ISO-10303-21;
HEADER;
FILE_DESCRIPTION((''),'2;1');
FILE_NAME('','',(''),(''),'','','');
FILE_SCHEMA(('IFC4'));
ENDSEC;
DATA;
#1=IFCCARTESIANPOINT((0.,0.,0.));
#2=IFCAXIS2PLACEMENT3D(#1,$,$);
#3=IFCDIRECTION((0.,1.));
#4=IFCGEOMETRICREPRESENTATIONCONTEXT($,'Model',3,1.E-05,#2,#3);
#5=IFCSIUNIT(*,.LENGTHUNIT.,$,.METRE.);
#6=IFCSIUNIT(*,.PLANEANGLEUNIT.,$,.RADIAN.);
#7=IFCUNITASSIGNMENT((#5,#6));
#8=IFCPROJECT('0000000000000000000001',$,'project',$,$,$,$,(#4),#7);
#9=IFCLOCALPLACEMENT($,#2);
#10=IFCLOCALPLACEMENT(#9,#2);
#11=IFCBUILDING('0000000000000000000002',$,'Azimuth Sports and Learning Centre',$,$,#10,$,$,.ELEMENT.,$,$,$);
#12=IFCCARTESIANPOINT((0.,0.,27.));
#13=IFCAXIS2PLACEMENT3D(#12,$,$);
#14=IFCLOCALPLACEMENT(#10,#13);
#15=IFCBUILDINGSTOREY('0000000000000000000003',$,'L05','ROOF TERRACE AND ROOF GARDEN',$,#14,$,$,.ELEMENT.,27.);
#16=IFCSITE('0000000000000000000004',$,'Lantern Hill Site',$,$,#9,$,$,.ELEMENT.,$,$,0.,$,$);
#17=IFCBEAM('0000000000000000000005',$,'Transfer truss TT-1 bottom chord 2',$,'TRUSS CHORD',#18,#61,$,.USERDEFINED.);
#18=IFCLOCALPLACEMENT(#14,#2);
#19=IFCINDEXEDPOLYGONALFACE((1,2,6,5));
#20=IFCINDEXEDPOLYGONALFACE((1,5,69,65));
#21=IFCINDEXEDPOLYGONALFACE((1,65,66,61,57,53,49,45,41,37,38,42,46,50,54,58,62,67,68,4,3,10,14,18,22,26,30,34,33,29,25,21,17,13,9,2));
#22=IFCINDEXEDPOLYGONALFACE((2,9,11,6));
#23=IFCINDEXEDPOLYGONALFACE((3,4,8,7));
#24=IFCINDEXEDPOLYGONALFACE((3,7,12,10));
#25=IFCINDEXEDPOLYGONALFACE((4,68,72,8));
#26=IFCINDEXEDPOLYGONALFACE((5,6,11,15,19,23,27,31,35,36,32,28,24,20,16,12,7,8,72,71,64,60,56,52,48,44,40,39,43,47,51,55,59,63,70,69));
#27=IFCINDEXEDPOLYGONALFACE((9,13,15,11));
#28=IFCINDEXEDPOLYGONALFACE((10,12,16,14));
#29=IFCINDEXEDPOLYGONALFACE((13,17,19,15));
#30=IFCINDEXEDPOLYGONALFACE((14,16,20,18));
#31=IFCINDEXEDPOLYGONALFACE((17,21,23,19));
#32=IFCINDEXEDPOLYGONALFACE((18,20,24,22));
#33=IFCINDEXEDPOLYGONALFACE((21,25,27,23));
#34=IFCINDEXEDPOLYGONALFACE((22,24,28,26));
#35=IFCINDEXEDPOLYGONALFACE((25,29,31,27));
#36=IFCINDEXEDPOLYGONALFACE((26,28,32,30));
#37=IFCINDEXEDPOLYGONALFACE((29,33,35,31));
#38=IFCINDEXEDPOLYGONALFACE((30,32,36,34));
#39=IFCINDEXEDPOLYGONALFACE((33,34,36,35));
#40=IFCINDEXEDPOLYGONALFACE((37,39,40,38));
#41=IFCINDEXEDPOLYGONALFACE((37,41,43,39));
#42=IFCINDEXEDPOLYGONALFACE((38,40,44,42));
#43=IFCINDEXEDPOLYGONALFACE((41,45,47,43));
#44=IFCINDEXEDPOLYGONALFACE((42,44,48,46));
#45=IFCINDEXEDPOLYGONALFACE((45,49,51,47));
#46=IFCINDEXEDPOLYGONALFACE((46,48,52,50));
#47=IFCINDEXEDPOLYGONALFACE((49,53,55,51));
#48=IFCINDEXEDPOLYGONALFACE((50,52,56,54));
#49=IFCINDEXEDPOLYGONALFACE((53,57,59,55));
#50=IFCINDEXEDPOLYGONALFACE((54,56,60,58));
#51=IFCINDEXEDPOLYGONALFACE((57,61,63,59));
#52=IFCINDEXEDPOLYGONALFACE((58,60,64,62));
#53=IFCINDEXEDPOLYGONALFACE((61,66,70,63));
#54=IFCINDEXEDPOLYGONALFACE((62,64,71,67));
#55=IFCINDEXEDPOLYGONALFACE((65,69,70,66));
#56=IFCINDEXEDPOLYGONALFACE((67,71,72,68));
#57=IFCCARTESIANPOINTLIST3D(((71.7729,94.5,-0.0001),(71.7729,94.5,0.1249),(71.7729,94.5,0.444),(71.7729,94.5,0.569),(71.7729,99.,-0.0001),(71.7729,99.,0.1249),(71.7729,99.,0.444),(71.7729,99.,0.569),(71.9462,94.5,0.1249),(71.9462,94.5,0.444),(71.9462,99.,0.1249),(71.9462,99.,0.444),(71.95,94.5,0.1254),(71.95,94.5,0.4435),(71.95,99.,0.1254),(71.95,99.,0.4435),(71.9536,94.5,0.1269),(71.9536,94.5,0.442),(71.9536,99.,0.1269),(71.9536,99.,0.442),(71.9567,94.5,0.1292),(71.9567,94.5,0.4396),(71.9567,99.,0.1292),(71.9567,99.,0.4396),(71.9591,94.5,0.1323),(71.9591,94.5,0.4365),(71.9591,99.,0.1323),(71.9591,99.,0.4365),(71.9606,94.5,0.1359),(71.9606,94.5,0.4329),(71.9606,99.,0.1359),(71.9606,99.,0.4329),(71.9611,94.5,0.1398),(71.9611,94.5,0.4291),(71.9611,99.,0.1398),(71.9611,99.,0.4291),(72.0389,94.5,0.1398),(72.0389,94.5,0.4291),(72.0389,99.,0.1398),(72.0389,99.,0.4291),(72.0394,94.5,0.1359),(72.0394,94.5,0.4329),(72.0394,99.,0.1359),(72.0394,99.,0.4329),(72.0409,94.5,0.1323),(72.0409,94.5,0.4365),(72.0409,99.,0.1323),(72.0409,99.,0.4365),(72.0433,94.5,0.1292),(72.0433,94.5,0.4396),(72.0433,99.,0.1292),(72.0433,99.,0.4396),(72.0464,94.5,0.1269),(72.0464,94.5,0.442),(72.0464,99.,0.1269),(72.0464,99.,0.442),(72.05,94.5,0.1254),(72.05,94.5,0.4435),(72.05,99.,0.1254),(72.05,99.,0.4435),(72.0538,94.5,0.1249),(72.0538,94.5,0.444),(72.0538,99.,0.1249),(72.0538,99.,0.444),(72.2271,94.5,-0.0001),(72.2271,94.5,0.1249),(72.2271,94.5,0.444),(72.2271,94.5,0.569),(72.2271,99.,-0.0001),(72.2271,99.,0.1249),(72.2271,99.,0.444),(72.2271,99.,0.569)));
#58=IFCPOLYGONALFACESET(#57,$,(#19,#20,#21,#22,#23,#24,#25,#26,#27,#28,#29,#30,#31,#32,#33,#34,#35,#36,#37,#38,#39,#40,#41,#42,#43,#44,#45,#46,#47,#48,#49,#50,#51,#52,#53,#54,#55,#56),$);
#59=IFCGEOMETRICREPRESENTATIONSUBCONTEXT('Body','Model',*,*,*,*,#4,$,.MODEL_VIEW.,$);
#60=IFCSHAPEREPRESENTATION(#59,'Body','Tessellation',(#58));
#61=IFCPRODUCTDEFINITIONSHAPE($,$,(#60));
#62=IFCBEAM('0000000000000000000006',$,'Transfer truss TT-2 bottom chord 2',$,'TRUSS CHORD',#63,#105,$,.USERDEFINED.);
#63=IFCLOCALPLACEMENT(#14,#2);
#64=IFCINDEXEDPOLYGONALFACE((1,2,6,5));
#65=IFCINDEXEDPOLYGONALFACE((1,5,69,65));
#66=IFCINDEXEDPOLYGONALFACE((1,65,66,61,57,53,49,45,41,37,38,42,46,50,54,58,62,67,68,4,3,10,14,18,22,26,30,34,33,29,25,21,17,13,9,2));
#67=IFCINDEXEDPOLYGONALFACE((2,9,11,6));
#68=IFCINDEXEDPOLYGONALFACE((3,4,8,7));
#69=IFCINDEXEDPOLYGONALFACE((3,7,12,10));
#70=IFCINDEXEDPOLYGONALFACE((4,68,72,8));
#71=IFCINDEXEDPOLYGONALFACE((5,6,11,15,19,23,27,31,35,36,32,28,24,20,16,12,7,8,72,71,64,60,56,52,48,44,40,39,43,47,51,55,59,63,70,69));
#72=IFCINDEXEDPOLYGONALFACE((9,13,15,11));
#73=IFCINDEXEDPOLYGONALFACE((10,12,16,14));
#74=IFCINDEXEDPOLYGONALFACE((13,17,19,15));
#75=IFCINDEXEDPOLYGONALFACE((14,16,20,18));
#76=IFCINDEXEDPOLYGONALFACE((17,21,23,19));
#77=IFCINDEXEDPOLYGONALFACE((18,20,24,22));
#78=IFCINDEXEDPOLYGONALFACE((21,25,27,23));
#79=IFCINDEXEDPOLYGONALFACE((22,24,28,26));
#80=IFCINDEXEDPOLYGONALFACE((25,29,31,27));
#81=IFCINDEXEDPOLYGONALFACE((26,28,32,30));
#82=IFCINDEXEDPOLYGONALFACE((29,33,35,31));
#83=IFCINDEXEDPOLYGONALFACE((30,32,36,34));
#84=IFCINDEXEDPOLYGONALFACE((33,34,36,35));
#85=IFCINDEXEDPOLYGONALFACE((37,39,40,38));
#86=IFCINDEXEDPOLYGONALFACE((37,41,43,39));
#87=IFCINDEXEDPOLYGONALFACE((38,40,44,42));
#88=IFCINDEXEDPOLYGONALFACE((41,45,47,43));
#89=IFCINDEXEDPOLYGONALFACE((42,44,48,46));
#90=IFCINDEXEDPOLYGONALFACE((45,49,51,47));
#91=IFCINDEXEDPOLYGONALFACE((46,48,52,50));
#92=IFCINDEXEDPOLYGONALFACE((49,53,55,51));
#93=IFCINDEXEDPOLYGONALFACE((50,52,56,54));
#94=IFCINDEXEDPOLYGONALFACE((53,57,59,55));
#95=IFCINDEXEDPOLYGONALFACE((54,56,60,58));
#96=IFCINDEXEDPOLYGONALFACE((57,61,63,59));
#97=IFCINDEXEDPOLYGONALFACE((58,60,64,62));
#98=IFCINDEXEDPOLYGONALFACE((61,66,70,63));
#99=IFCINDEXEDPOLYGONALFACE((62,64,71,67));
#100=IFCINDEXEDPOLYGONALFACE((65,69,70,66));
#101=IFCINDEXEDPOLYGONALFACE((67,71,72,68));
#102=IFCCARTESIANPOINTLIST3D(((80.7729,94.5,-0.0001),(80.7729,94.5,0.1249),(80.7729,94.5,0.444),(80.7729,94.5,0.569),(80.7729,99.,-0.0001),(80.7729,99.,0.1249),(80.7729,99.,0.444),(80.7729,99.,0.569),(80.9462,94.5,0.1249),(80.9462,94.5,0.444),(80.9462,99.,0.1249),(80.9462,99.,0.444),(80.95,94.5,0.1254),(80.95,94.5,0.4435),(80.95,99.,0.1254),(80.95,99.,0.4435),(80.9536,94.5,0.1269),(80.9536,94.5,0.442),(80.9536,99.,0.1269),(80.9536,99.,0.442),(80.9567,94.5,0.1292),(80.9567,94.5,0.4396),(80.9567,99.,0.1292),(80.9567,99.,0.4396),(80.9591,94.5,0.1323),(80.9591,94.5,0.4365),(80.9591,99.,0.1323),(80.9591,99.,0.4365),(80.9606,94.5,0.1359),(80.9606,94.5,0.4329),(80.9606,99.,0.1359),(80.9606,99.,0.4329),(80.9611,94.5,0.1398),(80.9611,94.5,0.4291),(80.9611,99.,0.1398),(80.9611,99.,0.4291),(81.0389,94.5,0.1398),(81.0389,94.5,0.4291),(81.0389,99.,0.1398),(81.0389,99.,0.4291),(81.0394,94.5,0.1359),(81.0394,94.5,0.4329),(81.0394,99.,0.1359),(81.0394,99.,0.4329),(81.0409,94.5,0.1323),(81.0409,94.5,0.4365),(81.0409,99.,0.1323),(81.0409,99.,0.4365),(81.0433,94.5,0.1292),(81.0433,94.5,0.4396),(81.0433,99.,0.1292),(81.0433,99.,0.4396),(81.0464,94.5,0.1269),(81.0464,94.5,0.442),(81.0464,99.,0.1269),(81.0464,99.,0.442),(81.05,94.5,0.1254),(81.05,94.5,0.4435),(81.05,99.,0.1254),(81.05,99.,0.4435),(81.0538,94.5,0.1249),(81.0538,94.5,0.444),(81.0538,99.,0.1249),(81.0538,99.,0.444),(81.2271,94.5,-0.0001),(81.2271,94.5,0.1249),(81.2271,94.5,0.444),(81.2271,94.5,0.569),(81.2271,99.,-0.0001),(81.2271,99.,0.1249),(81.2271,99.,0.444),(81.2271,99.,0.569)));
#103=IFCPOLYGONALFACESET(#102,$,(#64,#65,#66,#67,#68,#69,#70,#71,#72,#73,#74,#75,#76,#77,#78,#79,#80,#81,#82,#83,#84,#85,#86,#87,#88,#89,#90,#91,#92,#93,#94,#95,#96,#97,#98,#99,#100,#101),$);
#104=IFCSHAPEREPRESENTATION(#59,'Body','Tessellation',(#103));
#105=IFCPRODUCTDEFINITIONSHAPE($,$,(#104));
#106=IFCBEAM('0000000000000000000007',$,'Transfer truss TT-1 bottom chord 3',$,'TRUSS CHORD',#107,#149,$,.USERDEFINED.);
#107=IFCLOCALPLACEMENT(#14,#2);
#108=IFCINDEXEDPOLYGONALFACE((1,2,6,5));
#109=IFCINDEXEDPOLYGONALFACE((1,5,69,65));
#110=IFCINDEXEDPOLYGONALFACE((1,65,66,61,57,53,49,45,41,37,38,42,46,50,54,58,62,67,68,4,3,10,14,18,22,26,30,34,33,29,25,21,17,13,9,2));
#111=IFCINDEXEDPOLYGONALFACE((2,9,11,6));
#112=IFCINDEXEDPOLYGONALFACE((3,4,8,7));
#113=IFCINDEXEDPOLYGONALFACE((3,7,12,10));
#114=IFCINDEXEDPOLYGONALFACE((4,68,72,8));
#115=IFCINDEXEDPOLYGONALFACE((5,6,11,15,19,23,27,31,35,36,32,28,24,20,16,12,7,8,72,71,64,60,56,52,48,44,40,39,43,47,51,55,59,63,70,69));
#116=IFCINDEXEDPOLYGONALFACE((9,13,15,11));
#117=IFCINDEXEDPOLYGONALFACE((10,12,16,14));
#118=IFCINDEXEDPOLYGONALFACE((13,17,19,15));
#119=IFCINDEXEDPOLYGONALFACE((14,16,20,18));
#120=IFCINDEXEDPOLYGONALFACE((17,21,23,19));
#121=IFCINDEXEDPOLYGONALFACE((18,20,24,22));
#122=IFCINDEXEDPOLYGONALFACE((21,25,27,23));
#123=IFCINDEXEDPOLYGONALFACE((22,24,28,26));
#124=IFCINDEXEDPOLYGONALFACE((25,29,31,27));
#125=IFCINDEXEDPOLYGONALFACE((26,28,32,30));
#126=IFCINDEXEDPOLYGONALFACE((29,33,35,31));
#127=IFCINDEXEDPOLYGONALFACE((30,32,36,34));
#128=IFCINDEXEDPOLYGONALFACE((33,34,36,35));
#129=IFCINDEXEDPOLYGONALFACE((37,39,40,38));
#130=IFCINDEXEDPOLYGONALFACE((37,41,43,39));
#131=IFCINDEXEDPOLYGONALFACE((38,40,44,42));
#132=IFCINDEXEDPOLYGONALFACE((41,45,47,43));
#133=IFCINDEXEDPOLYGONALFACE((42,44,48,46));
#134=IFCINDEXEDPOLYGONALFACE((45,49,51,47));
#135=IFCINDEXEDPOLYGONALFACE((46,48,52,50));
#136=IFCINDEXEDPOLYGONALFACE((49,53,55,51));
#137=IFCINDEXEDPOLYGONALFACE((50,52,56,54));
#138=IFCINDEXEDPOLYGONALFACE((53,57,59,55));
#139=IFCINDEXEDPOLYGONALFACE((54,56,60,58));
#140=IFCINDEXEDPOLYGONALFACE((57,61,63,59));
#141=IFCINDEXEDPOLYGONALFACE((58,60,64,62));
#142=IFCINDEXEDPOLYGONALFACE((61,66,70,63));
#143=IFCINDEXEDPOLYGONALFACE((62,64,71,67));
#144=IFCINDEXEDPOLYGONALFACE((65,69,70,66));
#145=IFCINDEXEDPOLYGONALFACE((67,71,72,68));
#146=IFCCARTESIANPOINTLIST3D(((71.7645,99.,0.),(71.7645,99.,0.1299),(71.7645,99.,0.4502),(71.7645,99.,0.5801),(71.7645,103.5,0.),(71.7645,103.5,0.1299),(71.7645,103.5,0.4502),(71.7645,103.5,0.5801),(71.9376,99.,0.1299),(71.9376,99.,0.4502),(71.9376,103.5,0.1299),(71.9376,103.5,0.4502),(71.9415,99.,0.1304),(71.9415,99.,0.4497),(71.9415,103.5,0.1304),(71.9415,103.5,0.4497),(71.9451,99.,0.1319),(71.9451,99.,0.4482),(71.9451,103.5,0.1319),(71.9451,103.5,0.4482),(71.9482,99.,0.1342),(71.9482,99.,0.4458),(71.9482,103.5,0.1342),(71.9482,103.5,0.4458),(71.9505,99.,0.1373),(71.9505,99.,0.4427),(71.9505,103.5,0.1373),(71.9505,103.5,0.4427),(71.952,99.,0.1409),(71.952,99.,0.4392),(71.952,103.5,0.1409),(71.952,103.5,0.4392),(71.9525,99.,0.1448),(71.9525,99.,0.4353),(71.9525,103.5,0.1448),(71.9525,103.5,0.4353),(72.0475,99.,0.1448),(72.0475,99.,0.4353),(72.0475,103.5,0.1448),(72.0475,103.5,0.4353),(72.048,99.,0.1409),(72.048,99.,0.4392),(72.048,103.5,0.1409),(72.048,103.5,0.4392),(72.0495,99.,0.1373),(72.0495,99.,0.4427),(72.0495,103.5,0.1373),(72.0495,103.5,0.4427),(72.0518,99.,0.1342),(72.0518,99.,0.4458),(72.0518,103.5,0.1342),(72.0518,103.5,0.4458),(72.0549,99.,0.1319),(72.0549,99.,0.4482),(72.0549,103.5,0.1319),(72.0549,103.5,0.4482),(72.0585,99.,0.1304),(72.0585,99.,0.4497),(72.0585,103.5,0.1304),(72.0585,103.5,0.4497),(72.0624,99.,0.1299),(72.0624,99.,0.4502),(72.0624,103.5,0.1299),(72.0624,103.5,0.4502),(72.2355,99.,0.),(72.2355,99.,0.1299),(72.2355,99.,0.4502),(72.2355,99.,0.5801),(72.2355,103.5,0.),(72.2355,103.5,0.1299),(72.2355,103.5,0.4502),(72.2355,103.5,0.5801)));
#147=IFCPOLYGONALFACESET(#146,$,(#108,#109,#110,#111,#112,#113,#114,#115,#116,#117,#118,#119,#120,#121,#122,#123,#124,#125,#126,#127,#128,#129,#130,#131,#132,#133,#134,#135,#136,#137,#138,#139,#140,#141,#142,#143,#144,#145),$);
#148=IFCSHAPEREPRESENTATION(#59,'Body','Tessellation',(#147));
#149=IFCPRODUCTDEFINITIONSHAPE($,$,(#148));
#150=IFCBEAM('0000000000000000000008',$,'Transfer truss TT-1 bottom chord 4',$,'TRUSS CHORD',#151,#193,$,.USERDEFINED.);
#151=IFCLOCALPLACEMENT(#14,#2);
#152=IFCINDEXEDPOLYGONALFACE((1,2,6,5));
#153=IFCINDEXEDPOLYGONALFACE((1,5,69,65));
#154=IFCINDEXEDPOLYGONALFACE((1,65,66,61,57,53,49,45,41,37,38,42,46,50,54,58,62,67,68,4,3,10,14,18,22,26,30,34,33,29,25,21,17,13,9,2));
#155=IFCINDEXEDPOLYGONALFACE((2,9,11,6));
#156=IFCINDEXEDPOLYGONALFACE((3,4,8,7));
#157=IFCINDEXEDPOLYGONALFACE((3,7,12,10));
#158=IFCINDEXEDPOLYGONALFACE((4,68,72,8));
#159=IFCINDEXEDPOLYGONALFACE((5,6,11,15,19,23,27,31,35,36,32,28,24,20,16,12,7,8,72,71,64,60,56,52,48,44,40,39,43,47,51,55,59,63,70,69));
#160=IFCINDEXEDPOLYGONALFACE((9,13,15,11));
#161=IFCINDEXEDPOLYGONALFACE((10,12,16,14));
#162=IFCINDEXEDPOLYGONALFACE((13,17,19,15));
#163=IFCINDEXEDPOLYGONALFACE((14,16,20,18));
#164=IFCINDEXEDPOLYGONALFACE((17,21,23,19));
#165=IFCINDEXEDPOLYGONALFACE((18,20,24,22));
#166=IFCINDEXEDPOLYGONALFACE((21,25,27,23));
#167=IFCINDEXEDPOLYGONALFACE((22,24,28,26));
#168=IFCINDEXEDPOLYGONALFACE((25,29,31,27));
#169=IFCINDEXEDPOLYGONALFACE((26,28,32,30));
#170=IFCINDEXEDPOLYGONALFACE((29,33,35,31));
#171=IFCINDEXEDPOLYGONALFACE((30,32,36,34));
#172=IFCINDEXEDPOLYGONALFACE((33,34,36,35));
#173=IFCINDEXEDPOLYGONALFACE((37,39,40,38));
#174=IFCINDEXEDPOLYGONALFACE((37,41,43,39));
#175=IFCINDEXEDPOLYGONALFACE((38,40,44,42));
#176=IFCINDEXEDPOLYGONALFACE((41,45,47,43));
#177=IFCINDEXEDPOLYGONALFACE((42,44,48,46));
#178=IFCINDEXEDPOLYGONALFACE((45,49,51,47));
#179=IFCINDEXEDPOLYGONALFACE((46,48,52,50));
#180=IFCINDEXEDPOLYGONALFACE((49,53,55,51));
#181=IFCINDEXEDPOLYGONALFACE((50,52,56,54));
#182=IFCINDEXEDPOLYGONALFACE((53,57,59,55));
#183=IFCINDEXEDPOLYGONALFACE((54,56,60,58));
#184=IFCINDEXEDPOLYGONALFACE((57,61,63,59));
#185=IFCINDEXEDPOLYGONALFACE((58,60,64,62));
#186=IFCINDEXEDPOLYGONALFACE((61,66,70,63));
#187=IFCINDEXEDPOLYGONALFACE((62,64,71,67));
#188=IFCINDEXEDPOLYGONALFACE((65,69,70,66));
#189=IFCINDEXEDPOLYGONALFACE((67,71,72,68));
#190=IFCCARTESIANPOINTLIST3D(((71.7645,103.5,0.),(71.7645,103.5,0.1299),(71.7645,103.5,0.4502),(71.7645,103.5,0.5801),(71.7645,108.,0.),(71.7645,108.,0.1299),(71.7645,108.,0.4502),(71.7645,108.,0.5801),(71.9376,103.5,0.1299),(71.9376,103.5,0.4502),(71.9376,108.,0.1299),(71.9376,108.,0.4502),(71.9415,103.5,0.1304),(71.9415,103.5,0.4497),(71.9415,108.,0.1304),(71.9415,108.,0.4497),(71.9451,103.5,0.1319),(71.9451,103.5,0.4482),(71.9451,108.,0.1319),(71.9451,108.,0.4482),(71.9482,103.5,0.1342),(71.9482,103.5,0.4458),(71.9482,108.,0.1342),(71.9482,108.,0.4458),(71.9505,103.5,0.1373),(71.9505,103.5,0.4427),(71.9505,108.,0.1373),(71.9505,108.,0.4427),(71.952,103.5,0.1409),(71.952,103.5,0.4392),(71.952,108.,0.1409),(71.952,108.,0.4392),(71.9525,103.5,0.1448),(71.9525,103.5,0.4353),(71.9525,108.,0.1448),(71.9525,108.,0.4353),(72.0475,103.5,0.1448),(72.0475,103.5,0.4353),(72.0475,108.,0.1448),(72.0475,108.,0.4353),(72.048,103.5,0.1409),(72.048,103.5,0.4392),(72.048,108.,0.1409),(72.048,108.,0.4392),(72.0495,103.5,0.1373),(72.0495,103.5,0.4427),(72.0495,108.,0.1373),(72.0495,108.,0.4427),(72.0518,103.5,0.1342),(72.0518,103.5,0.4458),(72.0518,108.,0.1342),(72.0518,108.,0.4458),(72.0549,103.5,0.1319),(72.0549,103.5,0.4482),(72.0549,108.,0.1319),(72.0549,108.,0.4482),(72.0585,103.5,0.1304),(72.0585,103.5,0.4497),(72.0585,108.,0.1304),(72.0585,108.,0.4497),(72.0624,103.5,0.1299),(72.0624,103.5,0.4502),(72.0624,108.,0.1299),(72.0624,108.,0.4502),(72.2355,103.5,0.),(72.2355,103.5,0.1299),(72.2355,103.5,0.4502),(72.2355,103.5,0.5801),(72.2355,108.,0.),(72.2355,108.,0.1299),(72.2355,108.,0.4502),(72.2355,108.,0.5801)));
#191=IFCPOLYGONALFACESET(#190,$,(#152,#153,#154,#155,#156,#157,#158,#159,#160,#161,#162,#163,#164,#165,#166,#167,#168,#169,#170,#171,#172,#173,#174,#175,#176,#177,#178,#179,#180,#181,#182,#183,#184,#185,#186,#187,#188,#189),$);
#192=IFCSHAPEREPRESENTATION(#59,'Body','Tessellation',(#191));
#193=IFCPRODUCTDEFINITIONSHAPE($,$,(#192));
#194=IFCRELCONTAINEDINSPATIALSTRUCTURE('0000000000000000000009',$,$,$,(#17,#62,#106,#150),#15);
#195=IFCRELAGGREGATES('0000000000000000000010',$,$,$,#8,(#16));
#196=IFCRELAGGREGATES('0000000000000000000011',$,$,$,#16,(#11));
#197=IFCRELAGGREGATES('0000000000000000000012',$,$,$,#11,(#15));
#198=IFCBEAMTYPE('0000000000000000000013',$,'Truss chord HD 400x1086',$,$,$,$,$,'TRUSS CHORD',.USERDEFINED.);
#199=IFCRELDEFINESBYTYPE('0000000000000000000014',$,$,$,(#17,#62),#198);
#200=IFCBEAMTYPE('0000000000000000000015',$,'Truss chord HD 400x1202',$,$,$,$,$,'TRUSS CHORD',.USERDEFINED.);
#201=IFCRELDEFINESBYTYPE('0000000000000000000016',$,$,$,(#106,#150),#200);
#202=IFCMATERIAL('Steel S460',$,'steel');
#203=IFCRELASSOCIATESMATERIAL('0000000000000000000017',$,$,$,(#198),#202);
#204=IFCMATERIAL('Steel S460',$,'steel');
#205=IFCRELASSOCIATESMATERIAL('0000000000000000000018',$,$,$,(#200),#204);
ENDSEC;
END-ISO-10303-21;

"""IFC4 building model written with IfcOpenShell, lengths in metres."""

from ifc_helpers import new_model, si_unit, direction, frame, origin, origin_2d, place, context, subcontext, project, spatial, i_section, extrude, material, material_profile, profile_set, type_object, element, save


model = new_model("IFC4")

# Units and contexts
model_context = context("Model", 3, precision=1e-05, world=origin(), true_north=direction((0.0, 1.0)))
body_context = subcontext(model_context, "Body", "Model", "MODEL_VIEW")
ifc_project = project(units=[si_unit("LENGTHUNIT", "METRE"), si_unit("PLANEANGLEUNIT", "RADIAN")], contexts=[model_context])

# Site, building, storey
site_placement = place(None, origin())
site = spatial("IfcSite", under=ifc_project, at=site_placement, Name="Lantern Hill Site", CompositionType="ELEMENT", RefElevation=0.0)
building_placement = place(site_placement, origin())
building = spatial("IfcBuilding", under=site, at=building_placement, Name="Azimuth Sports and Learning Centre", CompositionType="ELEMENT")
storey_placement = place(building_placement, frame((0.0, 0.0, 27.0)))
storey = spatial("IfcBuildingStorey", under=building, at=storey_placement, Name="L05", Description="ROOF TERRACE AND ROOF GARDEN", CompositionType="ELEMENT", Elevation=27.0)

# Beams
ifc_material_1 = material(Name="Steel S460", Category="steel")
ifc_material_profile_1 = material_profile(ifc_material_1, i_section(OverallWidth=0.4541, OverallDepth=0.5691, WebThickness=0.0779, FlangeThickness=0.125, FilletRadius=0.0149, at=origin_2d()), Name="HD 400x1086")
ifc_profile_set_1 = profile_set([ifc_material_profile_1], Name="Steel S460")
beam_type_1 = type_object("IfcBeamType", Name="Truss chord HD 400x1086", ElementType="TRUSS CHORD", PredefinedType="USERDEFINED", material=ifc_profile_set_1)
for number, where, z_axis, x_axis, name in (
    (1, (72.0, 94.5, 0.2844), (0.0, 1.0, 0.0), (-1.0, 0.0, 0.0), "Transfer truss TT-1 bottom chord 2"),
    (2, (81.0, 94.5, 0.2844), (0.0, 1.0, 0.0), (-1.0, 0.0, 0.0), "Transfer truss TT-2 bottom chord 2"),
):
    element("IfcBeam", number, at=place(storey_placement, frame(where, z_axis=z_axis, x_axis=x_axis)), inside=storey, type_object=beam_type_1, Name=name, ObjectType="TRUSS CHORD", PredefinedType="USERDEFINED", context=body_context, shape_type="SweptSolid", body=[
        extrude(i_section(OverallWidth=0.4541, OverallDepth=0.5691, WebThickness=0.0779, FlangeThickness=0.125, FilletRadius=0.0149, at=origin_2d()), origin(), (0.0, 0.0, 1.0), 4.5),
    ])
ifc_material_2 = material(Name="Steel S460", Category="steel")
ifc_material_profile_2 = material_profile(ifc_material_2, i_section(OverallWidth=0.4709, OverallDepth=0.5801, WebThickness=0.095, FlangeThickness=0.1299, FilletRadius=0.0149, at=origin_2d()), Name="HD 400x1202")
ifc_profile_set_2 = profile_set([ifc_material_profile_2], Name="Steel S460")
beam_type_2 = type_object("IfcBeamType", Name="Truss chord HD 400x1202", ElementType="TRUSS CHORD", PredefinedType="USERDEFINED", material=ifc_profile_set_2)
for number, where, z_axis, x_axis, name in (
    (3, (72.0, 99.0, 0.29), (0.0, 1.0, 0.0), (-1.0, 0.0, 0.0), "Transfer truss TT-1 bottom chord 3"),
    (4, (72.0, 103.5, 0.29), (0.0, 1.0, 0.0), (-1.0, 0.0, 0.0), "Transfer truss TT-1 bottom chord 4"),
):
    element("IfcBeam", number, at=place(storey_placement, frame(where, z_axis=z_axis, x_axis=x_axis)), inside=storey, type_object=beam_type_2, Name=name, ObjectType="TRUSS CHORD", PredefinedType="USERDEFINED", context=body_context, shape_type="SweptSolid", body=[
        extrude(i_section(OverallWidth=0.4709, OverallDepth=0.5801, WebThickness=0.095, FlangeThickness=0.1299, FilletRadius=0.0149, at=origin_2d()), origin(), (0.0, 0.0, 1.0), 4.5),
    ])

save(model, "model.ifc")
